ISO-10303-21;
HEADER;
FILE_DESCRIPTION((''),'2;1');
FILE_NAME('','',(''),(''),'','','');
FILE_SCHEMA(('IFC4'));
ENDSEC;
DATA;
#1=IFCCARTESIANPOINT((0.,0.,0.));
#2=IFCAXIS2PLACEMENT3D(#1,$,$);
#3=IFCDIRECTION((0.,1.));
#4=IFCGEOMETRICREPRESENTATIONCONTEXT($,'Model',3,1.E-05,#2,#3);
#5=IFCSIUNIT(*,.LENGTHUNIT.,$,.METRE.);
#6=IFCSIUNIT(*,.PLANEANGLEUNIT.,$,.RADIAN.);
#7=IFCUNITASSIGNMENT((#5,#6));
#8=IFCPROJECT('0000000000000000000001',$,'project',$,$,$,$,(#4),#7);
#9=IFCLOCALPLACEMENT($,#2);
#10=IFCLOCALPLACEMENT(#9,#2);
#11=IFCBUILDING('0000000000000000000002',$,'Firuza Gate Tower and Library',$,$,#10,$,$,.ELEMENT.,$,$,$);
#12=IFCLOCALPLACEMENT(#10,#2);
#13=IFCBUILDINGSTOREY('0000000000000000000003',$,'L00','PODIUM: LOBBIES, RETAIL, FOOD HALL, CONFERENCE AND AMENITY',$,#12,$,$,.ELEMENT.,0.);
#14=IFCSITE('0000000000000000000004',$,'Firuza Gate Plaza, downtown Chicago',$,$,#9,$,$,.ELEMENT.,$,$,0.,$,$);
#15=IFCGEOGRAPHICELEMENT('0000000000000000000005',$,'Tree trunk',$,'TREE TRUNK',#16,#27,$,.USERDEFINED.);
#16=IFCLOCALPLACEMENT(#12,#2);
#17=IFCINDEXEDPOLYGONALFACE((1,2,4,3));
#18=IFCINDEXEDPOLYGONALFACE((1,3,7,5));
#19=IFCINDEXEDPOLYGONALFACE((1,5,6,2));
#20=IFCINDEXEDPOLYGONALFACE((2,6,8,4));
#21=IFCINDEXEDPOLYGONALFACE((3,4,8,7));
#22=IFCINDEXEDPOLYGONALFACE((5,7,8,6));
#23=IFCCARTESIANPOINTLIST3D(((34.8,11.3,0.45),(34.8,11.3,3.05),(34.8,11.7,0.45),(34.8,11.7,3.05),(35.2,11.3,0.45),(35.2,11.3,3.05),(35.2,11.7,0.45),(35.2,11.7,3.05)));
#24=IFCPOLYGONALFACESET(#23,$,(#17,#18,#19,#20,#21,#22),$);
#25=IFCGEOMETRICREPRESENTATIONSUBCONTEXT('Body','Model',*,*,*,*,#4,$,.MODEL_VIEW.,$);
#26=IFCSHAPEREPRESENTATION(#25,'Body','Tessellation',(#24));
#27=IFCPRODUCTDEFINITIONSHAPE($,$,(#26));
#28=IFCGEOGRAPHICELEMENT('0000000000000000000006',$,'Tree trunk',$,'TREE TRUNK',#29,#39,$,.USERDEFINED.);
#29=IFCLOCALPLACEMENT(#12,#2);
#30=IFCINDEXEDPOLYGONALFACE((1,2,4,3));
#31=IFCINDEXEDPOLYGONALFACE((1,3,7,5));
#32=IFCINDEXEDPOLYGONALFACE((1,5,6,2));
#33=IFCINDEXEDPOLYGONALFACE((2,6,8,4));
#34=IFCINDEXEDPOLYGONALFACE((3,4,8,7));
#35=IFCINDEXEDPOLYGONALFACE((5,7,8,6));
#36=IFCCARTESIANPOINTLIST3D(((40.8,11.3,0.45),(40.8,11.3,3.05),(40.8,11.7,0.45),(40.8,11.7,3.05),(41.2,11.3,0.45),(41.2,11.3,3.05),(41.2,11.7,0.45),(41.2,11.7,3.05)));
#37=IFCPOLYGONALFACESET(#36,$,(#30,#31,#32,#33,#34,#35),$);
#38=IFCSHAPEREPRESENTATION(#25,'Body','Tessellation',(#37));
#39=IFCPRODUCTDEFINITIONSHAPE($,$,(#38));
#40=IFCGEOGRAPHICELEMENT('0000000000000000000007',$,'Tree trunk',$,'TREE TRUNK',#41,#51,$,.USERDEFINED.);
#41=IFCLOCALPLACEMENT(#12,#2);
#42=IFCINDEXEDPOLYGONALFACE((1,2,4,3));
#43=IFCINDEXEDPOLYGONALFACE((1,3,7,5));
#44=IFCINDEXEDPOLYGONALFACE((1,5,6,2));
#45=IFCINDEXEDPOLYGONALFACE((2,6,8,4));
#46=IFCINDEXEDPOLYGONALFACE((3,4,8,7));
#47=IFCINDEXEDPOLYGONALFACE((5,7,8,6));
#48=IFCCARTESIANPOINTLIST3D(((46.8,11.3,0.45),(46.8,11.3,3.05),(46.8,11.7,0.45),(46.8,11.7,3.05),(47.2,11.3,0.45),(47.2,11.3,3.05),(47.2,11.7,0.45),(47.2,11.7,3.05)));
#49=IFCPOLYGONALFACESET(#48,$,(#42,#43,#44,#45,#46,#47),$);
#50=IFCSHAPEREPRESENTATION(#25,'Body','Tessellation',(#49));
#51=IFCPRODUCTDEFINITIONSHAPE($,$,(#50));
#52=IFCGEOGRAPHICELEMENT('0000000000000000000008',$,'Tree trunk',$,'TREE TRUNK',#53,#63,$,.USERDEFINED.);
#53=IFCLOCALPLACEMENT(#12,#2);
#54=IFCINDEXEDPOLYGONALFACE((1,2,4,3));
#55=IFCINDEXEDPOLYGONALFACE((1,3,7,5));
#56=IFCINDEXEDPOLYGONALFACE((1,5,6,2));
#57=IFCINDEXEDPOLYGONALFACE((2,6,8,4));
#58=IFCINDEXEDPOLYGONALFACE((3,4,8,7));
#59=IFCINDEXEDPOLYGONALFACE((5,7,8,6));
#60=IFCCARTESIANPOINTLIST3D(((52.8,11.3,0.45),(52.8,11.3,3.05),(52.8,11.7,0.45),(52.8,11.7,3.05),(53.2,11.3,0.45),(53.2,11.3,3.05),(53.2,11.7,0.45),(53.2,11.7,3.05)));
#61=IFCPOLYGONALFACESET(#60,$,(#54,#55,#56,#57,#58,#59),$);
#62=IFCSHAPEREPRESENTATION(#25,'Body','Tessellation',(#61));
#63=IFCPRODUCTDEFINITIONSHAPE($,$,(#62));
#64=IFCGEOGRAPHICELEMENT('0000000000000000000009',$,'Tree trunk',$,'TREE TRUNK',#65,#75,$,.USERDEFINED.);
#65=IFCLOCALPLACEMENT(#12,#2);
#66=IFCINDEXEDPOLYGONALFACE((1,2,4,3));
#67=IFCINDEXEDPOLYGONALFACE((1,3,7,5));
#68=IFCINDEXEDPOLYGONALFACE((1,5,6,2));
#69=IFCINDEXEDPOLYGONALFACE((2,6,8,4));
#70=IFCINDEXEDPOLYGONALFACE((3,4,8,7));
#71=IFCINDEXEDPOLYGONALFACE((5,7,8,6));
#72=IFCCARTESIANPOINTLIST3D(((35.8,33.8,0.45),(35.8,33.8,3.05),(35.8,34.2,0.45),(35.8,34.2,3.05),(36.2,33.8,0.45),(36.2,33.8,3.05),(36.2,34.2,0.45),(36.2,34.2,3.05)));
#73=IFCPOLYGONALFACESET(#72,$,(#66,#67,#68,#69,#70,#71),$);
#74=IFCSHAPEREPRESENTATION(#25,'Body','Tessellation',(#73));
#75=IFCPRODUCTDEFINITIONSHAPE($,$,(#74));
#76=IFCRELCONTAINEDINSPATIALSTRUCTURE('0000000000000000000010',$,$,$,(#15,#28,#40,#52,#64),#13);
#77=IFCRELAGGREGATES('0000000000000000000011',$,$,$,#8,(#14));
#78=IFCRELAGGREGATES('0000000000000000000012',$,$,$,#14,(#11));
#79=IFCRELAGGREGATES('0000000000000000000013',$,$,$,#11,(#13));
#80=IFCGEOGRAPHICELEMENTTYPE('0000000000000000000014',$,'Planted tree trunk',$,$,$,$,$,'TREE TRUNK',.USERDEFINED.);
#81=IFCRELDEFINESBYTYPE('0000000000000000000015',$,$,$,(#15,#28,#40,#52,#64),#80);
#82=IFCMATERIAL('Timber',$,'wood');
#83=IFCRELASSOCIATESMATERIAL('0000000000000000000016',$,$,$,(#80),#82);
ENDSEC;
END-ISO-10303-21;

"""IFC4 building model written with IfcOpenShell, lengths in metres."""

from ifc_helpers import new_model, si_unit, direction, frame, origin, origin_2d, place, context, subcontext, project, spatial, rectangle, extrude, material, type_object, element, save


model = new_model("IFC4")

# Units and contexts
model_context = context("Model", 3, precision=1e-05, world=origin(), true_north=direction((0.0, 1.0)))
body_context = subcontext(model_context, "Body", "Model", "MODEL_VIEW")
ifc_project = project(units=[si_unit("LENGTHUNIT", "METRE"), si_unit("PLANEANGLEUNIT", "RADIAN")], contexts=[model_context])

# Site, building, storey
site_placement = place(None, origin())
site = spatial("IfcSite", under=ifc_project, at=site_placement, Name="Firuza Gate Plaza, downtown Chicago", CompositionType="ELEMENT", RefElevation=0.0)
building_placement = place(site_placement, origin())
building = spatial("IfcBuilding", under=site, at=building_placement, Name="Firuza Gate Tower and Library", CompositionType="ELEMENT")
storey_placement = place(building_placement, origin())
storey = spatial("IfcBuildingStorey", under=building, at=storey_placement, Name="L00", Description="PODIUM: LOBBIES, RETAIL, FOOD HALL, CONFERENCE AND AMENITY", CompositionType="ELEMENT", Elevation=0.0)

# Geographic elements
ifc_material_1 = material(Name="Timber", Category="wood")
geographic_element_type = type_object("IfcGeographicElementType", Name="Planted tree trunk", ElementType="TREE TRUNK", PredefinedType="USERDEFINED", material=ifc_material_1)
for number, where, z_axis, x_axis, name in (
    (1, (35.0, 11.5, 0.45), (0.0, 0.0, 1.0), (1.0, 0.0, 0.0), "Tree trunk"),
    (2, (41.0, 11.5, 0.45), (0.0, 0.0, 1.0), (1.0, 0.0, 0.0), "Tree trunk"),
    (3, (47.0, 11.5, 0.45), (0.0, 0.0, 1.0), (1.0, 0.0, 0.0), "Tree trunk"),
    (4, (53.0, 11.5, 0.45), (0.0, 0.0, 1.0), (1.0, 0.0, 0.0), "Tree trunk"),
    (5, (36.0, 34.0, 0.45), (0.0, 0.0, 1.0), (1.0, 0.0, 0.0), "Tree trunk"),
):
    element("IfcGeographicElement", number, at=place(storey_placement, frame(where, z_axis=z_axis, x_axis=x_axis)), inside=storey, type_object=geographic_element_type, Name=name, ObjectType="TREE TRUNK", PredefinedType="USERDEFINED", context=body_context, shape_type="SweptSolid", body=[
        extrude(rectangle(XDim=0.3999, YDim=0.3999, at=origin_2d()), origin(), (0.0, 0.0, 1.0), 2.6001),
    ])

save(model, "model.ifc")
